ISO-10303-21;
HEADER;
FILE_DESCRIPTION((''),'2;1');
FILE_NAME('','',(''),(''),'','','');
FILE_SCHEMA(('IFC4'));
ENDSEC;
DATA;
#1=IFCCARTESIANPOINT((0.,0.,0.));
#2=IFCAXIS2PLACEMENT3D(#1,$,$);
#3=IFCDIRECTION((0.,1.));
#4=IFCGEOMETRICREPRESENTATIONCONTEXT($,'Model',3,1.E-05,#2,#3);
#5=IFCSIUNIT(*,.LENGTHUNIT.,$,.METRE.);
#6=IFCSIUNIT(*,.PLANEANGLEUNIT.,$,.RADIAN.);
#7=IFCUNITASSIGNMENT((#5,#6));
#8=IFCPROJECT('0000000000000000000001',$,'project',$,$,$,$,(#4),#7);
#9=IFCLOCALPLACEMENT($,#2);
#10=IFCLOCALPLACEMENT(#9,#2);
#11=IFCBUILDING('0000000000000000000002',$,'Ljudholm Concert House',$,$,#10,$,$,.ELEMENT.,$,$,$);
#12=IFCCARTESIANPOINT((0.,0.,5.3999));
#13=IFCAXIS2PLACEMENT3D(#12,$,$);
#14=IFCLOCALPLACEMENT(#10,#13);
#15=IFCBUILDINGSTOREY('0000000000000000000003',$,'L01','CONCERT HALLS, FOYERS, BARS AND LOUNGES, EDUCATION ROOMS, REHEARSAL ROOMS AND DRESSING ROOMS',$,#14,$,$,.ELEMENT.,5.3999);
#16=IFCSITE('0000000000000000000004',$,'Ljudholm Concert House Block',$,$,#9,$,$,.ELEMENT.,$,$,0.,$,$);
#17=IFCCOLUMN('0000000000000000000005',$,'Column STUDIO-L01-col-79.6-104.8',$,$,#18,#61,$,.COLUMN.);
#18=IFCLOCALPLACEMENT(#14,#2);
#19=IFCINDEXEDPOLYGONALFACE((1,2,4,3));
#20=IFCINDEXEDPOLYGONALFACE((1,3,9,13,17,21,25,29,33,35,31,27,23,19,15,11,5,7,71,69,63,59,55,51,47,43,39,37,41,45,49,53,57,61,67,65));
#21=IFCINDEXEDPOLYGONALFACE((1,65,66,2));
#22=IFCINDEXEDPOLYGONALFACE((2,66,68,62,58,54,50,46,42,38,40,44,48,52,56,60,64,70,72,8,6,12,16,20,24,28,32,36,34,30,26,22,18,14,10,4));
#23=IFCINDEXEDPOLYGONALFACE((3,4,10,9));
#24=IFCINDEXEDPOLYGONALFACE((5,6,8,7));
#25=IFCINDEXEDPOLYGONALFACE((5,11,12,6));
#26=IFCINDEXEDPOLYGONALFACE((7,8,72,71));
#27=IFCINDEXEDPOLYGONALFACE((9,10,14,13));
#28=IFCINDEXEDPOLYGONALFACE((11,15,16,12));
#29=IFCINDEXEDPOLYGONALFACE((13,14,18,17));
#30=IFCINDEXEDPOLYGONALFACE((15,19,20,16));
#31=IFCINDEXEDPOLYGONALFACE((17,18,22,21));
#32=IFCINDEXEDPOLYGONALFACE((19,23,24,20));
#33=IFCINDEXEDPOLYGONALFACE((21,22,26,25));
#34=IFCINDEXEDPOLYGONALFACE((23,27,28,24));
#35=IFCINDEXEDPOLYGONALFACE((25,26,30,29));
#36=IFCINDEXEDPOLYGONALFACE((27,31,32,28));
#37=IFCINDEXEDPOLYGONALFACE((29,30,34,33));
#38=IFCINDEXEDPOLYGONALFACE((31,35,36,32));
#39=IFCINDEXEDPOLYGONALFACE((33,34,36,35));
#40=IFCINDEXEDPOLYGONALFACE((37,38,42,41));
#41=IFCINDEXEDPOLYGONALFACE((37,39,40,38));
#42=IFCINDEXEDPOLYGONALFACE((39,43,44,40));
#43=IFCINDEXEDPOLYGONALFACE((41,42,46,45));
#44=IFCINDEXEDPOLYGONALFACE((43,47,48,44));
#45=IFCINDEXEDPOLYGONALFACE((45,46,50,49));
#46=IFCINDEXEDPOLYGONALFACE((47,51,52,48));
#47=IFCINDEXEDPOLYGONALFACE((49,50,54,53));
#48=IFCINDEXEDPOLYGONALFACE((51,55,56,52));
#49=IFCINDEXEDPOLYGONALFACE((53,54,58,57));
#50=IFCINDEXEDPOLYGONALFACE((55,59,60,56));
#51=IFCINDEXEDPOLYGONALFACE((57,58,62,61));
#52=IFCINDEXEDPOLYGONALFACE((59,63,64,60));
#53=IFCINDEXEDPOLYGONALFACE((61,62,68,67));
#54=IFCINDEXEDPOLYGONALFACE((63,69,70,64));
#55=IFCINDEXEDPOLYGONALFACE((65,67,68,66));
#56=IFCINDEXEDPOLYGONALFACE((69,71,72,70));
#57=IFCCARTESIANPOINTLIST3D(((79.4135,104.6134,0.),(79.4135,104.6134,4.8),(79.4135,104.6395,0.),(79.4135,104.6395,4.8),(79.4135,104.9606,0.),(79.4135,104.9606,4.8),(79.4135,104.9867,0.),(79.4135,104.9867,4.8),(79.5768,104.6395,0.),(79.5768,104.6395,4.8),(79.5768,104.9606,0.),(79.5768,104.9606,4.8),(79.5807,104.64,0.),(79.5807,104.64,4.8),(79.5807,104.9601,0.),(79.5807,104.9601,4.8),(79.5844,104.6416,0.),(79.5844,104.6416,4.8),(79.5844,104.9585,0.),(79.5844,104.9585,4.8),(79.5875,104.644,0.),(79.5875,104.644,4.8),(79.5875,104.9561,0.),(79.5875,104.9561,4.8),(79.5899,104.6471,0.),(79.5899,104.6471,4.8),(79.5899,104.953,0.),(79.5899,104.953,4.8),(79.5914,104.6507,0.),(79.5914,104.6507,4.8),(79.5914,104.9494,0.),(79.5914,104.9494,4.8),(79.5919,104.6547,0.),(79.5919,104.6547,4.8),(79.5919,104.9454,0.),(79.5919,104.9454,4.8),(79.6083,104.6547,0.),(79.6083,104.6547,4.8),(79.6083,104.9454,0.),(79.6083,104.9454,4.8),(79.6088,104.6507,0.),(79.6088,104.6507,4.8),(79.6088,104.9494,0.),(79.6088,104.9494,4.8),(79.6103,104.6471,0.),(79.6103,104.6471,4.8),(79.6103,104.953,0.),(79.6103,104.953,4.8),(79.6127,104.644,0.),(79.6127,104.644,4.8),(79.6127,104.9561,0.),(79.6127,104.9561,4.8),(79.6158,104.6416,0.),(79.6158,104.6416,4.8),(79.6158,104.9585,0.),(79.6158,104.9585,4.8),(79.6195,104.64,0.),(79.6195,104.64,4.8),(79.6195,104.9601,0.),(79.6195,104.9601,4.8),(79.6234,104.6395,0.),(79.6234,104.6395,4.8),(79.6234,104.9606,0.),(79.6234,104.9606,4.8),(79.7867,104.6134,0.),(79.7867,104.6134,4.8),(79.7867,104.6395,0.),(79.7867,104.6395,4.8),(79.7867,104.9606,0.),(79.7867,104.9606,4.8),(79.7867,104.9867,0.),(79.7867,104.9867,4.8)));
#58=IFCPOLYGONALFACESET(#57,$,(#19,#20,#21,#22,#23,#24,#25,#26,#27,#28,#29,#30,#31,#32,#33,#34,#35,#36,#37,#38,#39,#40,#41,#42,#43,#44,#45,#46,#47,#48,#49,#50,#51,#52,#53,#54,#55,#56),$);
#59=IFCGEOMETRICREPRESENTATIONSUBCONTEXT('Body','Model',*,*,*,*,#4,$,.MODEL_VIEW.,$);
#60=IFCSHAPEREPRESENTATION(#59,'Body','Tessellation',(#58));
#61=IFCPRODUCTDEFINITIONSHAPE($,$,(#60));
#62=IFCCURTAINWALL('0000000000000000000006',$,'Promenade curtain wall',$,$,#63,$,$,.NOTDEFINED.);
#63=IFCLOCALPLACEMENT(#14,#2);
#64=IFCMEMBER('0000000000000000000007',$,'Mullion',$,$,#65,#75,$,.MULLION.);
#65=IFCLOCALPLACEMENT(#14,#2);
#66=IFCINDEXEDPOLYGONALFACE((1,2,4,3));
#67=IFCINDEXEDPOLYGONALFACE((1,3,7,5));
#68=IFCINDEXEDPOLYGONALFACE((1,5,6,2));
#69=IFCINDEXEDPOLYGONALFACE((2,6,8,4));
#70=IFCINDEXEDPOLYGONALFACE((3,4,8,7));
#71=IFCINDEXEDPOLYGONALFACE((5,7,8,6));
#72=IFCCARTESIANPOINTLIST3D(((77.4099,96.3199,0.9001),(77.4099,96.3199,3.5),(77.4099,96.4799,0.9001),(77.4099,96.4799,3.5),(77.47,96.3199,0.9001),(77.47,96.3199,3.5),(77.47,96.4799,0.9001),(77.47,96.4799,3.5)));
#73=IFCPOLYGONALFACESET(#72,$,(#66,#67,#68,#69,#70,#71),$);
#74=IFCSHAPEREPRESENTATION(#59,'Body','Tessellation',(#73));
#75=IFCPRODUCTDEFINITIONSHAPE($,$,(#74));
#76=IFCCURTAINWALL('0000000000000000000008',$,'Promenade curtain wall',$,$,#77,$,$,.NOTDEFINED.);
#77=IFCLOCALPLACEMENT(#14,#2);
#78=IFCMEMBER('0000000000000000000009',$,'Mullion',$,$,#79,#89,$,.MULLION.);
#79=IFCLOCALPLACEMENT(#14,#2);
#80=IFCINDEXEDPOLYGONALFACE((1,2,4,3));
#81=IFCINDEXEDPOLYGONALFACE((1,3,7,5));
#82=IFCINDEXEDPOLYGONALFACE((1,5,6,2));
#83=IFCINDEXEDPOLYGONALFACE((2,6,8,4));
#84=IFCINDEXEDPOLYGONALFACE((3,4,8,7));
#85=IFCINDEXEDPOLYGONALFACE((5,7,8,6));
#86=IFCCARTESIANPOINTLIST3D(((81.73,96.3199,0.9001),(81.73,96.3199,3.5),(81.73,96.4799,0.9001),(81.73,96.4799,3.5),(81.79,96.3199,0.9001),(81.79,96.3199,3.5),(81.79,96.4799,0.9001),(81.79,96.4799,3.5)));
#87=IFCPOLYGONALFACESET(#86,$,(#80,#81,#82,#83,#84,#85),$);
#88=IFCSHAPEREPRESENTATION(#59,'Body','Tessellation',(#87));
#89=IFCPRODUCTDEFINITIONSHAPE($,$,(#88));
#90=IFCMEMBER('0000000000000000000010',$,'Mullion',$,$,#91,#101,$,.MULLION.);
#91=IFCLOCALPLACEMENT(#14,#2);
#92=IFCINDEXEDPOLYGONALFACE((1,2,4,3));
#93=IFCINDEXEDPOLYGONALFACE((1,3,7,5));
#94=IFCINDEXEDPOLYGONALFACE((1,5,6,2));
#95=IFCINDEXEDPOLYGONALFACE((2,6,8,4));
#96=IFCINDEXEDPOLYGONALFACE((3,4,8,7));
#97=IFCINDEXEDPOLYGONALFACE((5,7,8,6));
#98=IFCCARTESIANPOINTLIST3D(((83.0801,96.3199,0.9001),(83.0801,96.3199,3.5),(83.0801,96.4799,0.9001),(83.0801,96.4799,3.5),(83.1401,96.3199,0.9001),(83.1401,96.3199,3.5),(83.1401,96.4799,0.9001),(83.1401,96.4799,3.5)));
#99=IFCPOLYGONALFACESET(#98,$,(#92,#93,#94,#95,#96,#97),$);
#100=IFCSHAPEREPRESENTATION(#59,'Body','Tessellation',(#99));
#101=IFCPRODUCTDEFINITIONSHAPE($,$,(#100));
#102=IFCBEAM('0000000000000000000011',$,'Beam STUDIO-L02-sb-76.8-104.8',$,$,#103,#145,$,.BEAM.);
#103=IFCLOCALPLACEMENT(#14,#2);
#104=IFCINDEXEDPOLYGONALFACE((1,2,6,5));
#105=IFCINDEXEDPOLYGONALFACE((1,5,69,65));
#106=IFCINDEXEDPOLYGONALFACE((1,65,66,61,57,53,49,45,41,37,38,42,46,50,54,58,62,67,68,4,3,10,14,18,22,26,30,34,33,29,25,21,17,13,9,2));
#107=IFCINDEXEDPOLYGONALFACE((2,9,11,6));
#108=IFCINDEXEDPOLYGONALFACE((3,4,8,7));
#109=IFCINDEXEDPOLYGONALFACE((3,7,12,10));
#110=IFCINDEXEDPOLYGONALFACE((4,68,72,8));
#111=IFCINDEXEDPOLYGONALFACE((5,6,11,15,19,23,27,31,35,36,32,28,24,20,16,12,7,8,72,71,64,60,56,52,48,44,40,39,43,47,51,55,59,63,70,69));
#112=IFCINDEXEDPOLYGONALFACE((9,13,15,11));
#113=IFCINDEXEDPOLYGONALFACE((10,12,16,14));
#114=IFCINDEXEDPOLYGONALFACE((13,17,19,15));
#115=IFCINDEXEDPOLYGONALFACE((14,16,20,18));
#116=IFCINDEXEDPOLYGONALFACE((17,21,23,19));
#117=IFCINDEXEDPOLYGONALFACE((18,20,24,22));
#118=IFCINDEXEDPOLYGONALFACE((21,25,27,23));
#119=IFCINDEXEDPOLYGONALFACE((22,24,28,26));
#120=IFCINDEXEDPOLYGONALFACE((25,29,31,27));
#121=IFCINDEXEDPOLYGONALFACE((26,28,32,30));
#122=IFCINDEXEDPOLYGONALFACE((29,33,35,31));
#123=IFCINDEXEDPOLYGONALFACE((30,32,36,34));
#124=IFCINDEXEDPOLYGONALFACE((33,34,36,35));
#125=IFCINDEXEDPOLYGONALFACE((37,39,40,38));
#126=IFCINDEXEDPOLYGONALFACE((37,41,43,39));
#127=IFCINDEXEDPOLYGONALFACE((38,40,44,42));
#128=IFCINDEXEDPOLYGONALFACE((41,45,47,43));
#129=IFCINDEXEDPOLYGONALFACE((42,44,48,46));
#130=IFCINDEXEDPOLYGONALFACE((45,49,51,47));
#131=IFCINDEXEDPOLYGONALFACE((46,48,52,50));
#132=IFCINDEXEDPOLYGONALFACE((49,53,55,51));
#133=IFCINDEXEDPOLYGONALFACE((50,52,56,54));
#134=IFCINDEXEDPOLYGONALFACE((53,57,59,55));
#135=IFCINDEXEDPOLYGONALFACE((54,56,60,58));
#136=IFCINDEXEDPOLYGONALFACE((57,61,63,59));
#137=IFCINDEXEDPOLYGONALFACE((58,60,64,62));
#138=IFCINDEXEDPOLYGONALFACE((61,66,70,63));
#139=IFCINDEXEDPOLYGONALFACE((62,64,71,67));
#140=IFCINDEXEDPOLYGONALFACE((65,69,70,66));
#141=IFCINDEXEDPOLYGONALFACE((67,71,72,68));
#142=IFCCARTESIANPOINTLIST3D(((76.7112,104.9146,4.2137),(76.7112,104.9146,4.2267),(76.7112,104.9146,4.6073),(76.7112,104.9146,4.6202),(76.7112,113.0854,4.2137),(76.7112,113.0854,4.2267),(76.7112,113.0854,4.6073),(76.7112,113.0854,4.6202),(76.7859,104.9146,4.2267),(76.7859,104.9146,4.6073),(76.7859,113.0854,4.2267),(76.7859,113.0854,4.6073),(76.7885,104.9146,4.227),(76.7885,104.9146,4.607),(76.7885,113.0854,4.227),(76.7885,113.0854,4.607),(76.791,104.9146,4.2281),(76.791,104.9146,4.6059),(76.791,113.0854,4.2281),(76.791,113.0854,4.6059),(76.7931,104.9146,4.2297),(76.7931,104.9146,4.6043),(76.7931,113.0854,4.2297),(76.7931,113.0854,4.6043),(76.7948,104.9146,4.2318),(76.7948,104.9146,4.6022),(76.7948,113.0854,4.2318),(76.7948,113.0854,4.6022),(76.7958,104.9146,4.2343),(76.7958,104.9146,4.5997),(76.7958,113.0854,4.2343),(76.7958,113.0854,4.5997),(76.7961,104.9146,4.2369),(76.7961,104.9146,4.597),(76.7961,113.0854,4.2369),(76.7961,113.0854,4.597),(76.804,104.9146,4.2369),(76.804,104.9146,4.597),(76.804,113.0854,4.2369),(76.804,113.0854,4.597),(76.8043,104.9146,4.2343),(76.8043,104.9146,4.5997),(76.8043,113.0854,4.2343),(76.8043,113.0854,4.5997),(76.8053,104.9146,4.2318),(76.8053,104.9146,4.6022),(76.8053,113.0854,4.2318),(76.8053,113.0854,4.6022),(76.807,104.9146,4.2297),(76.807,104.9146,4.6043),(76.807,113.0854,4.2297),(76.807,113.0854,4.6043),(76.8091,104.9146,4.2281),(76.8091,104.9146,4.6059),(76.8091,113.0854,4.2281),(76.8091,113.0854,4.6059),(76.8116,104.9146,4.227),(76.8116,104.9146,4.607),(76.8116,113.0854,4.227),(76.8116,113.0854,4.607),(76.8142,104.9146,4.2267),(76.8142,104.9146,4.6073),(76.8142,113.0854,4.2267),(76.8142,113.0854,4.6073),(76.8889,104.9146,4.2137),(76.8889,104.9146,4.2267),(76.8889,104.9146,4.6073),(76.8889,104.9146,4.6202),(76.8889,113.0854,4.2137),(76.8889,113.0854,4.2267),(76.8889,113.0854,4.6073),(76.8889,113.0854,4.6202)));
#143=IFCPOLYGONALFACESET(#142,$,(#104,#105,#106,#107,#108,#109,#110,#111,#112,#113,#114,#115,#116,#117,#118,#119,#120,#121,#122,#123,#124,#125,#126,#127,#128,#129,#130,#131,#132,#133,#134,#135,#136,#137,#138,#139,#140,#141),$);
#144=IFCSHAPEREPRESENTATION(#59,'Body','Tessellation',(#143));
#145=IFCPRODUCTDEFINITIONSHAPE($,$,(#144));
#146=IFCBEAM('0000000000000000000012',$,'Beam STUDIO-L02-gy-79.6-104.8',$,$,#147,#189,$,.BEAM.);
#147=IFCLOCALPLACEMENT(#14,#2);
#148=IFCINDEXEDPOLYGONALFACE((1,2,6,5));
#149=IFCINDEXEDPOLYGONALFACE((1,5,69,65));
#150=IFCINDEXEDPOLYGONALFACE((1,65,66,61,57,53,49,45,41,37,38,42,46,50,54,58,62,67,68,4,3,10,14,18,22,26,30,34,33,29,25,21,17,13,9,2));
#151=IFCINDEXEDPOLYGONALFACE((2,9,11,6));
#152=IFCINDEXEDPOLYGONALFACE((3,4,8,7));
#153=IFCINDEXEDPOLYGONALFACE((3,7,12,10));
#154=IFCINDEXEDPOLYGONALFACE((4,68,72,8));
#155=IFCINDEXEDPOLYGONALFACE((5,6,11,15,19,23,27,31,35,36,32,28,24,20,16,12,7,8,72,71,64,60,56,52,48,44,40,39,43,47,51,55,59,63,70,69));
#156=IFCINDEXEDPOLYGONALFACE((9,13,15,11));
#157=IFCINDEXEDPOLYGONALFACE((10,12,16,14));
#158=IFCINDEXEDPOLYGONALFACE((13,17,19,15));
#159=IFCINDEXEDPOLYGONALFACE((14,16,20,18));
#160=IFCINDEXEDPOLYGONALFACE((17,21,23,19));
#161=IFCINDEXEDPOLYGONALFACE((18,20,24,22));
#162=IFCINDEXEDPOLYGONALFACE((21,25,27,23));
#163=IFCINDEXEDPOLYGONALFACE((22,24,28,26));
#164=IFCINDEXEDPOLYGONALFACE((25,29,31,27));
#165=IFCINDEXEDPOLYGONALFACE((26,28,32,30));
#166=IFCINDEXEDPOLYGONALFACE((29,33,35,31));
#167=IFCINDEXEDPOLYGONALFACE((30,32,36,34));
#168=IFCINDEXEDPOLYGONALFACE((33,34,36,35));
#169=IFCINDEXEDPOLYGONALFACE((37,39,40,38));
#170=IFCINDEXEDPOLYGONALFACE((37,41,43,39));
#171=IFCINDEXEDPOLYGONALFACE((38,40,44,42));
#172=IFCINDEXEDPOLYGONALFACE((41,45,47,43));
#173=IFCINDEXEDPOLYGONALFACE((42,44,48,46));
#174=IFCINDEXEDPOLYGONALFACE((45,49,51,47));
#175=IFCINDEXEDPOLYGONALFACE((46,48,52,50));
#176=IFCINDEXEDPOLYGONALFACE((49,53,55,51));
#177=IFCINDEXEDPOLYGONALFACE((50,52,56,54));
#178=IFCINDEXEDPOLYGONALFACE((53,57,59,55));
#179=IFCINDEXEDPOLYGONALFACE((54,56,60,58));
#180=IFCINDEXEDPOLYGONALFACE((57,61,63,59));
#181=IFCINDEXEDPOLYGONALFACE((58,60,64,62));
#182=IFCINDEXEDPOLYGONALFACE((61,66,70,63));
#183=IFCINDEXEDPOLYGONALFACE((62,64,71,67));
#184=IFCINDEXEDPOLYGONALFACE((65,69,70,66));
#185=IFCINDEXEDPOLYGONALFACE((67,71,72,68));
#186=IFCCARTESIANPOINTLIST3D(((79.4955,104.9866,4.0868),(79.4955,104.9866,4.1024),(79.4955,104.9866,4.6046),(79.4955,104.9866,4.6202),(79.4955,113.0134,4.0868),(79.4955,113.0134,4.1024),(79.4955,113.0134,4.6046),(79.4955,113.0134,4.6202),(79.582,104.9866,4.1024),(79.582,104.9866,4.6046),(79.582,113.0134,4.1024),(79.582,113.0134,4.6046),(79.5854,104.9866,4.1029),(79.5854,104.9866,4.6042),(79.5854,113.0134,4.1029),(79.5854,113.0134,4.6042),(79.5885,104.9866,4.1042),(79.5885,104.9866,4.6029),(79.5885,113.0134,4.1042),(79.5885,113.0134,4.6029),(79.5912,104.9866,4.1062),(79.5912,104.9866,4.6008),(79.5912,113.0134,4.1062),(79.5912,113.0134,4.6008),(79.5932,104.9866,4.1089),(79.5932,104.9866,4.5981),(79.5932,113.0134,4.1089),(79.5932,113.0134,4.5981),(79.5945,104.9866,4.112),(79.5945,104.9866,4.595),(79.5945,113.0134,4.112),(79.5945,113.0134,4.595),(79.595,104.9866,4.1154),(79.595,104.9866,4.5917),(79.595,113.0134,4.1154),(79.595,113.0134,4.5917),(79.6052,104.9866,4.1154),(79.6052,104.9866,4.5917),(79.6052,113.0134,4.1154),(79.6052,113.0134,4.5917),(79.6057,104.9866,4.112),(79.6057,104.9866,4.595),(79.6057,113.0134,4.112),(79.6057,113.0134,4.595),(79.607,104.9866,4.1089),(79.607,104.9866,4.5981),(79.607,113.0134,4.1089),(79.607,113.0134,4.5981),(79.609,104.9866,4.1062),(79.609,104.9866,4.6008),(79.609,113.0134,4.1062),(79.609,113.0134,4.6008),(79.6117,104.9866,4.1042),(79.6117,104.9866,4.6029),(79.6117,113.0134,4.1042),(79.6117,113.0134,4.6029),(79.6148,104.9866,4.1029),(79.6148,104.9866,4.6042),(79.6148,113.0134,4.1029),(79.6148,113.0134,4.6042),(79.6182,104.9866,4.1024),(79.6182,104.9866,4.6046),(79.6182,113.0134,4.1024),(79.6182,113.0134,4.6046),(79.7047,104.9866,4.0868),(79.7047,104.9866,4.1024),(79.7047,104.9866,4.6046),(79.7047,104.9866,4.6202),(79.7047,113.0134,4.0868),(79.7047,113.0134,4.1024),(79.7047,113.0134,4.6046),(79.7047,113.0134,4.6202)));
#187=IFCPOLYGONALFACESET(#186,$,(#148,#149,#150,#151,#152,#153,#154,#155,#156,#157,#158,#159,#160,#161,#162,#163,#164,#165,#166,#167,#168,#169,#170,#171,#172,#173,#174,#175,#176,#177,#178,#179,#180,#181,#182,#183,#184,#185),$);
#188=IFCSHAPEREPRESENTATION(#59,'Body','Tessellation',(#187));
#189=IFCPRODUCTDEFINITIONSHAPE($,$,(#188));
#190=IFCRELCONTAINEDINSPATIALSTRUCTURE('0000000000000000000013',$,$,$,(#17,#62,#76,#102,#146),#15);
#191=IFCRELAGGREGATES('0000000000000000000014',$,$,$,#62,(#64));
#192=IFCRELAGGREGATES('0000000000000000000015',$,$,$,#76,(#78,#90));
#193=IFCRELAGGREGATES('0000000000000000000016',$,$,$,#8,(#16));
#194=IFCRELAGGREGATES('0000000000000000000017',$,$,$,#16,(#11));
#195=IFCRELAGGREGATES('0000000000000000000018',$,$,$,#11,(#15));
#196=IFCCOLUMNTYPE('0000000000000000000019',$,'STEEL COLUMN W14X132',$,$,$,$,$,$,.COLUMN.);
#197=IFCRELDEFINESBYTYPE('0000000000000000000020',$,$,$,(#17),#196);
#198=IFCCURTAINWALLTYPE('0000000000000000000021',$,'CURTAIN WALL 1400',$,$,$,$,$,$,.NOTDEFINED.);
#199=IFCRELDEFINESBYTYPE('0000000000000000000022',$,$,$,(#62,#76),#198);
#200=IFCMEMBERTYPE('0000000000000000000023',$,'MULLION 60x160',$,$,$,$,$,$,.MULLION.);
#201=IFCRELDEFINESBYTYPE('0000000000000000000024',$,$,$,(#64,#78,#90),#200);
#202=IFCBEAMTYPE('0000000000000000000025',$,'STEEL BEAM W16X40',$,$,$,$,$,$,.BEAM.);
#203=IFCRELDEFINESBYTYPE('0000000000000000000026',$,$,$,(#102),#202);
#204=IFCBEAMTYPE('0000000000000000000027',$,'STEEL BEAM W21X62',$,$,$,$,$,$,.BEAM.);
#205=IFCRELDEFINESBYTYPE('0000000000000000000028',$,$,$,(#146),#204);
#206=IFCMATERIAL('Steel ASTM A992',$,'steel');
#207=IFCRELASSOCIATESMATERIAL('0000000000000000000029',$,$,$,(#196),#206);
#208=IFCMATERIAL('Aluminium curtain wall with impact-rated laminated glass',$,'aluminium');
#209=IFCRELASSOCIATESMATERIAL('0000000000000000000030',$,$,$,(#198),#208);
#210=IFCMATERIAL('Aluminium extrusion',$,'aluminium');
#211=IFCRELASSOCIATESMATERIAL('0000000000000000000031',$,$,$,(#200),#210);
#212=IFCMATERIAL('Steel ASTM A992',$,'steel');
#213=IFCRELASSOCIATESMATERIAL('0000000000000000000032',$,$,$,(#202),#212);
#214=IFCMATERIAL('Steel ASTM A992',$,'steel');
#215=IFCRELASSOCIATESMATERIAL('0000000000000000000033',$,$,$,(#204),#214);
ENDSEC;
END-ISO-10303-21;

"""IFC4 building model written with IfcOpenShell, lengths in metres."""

from ifc_helpers import new_model, si_unit, direction, frame, origin, origin_2d, place, context, subcontext, project, spatial, rectangle, i_section, extrude, material, material_profile, profile_set, type_object, element, aggregate, save


model = new_model("IFC4")

# Units and contexts
model_context = context("Model", 3, precision=1e-05, world=origin(), true_north=direction((0.0, 1.0)))
body_context = subcontext(model_context, "Body", "Model", "MODEL_VIEW")
ifc_project = project(units=[si_unit("LENGTHUNIT", "METRE"), si_unit("PLANEANGLEUNIT", "RADIAN")], contexts=[model_context])

# Site, building, storey
site_placement = place(None, origin())
site = spatial("IfcSite", under=ifc_project, at=site_placement, Name="Ljudholm Concert House Block", CompositionType="ELEMENT", RefElevation=0.0)
building_placement = place(site_placement, origin())
building = spatial("IfcBuilding", under=site, at=building_placement, Name="Ljudholm Concert House", CompositionType="ELEMENT")
storey_placement = place(building_placement, frame((0.0, 0.0, 5.3999)))
storey = spatial("IfcBuildingStorey", under=building, at=storey_placement, Name="L01", Description="CONCERT HALLS, FOYERS, BARS AND LOUNGES, EDUCATION ROOMS, REHEARSAL ROOMS AND DRESSING ROOMS", CompositionType="ELEMENT", Elevation=5.3999)

# Column
ifc_material_1 = material(Name="Steel ASTM A992", Category="steel")
ifc_material_profile_1 = material_profile(ifc_material_1, i_section(OverallWidth=0.3733, OverallDepth=0.3733, WebThickness=0.0164, FlangeThickness=0.0261, FilletRadius=0.0151, at=origin_2d()), Name="W14X132")
ifc_profile_set_1 = profile_set([ifc_material_profile_1], Name="Steel ASTM A992")
column_type = type_object("IfcColumnType", Name="STEEL COLUMN W14X132", PredefinedType="COLUMN", material=ifc_profile_set_1)
column_placement = place(storey_placement, frame((79.6001, 104.8, 0.0), z_axis=(0.0, 0.0, 1.0), x_axis=(1.0, 0.0, 0.0)))
element("IfcColumn", 1, at=column_placement, inside=storey, type_object=column_type, Name="Column STUDIO-L01-col-79.6-104.8", PredefinedType="COLUMN", context=body_context, shape_type="SweptSolid", body=[
    extrude(i_section(OverallWidth=0.3733, OverallDepth=0.3733, WebThickness=0.0164, FlangeThickness=0.0261, FilletRadius=0.0151, at=origin_2d()), origin(), (0.0, 0.0, 1.0), 4.8),
])

# Curtain wall, member
ifc_material_2 = material(Name="Aluminium curtain wall with impact-rated laminated glass", Category="aluminium")
curtain_wall_type = type_object("IfcCurtainWallType", Name="CURTAIN WALL 1400", PredefinedType="NOTDEFINED", material=ifc_material_2)
curtain_wall_1_placement = place(storey_placement, origin())
curtain_wall_1 = element("IfcCurtainWall", 2, at=curtain_wall_1_placement, inside=storey, type_object=curtain_wall_type, Name="Promenade curtain wall", PredefinedType="NOTDEFINED")
ifc_material_3 = material(Name="Aluminium extrusion", Category="aluminium")
ifc_material_profile_2 = material_profile(ifc_material_3, rectangle(XDim=0.1599, YDim=0.0601, at=origin_2d()), Name="MULLION 60x160")
ifc_profile_set_2 = profile_set([ifc_material_profile_2], Name="Aluminium extrusion")
member_type_1 = type_object("IfcMemberType", Name="MULLION 60x160", PredefinedType="MULLION", material=ifc_profile_set_2)
member_1_placement = place(storey_placement, frame((77.4399, 96.3999, 0.9001), z_axis=(0.0, 0.0, 1.0), x_axis=(0.0, 1.0, 0.0)))
member_1 = element("IfcMember", 3, at=member_1_placement, type_object=member_type_1, Name="Mullion", PredefinedType="MULLION", context=body_context, shape_type="SweptSolid", body=[
    extrude(rectangle(XDim=0.1599, YDim=0.0601, at=origin_2d()), origin(), (0.0, 0.0, 1.0), 2.5999),
])

# Curtain wall, members
curtain_wall_2_placement = place(storey_placement, origin())
curtain_wall_2 = element("IfcCurtainWall", 4, at=curtain_wall_2_placement, inside=storey, type_object=curtain_wall_type, Name="Promenade curtain wall", PredefinedType="NOTDEFINED")
member_2_placement = place(storey_placement, frame((81.76, 96.3999, 0.9001), z_axis=(0.0, 0.0, 1.0), x_axis=(0.0, 1.0, 0.0)))
member_2 = element("IfcMember", 5, at=member_2_placement, type_object=member_type_1, Name="Mullion", PredefinedType="MULLION", context=body_context, shape_type="SweptSolid", body=[
    extrude(rectangle(XDim=0.1599, YDim=0.0601, at=origin_2d()), origin(), (0.0, 0.0, 1.0), 2.5999),
])
member_3_placement = place(storey_placement, frame((83.1101, 96.3999, 0.9001), z_axis=(0.0, 0.0, 1.0), x_axis=(0.0, 1.0, 0.0)))
member_3 = element("IfcMember", 6, at=member_3_placement, type_object=member_type_1, Name="Mullion", PredefinedType="MULLION", context=body_context, shape_type="SweptSolid", body=[
    extrude(rectangle(XDim=0.1599, YDim=0.0601, at=origin_2d()), origin(), (0.0, 0.0, 1.0), 2.5999),
])

# Beams
ifc_material_4 = material(Name="Steel ASTM A992", Category="steel")
ifc_material_profile_3 = material_profile(ifc_material_4, i_section(OverallWidth=0.1777, OverallDepth=0.4065, WebThickness=0.0078, FlangeThickness=0.0129, FilletRadius=0.0103, at=origin_2d()), Name="W16X40")
ifc_profile_set_3 = profile_set([ifc_material_profile_3], Name="Steel ASTM A992")
beam_type_1 = type_object("IfcBeamType", Name="STEEL BEAM W16X40", PredefinedType="BEAM", material=ifc_profile_set_3)
beam_1_placement = place(storey_placement, frame((76.8, 104.9146, 4.417), z_axis=(0.0, 1.0, 0.0), x_axis=(-1.0, 0.0, 0.0)))
element("IfcBeam", 7, at=beam_1_placement, inside=storey, type_object=beam_type_1, Name="Beam STUDIO-L02-sb-76.8-104.8", PredefinedType="BEAM", context=body_context, shape_type="SweptSolid", body=[
    extrude(i_section(OverallWidth=0.1777, OverallDepth=0.4065, WebThickness=0.0078, FlangeThickness=0.0129, FilletRadius=0.0103, at=origin_2d()), origin(), (0.0, 0.0, 1.0), 8.1709),
])
ifc_material_5 = material(Name="Steel ASTM A992", Category="steel")
ifc_material_profile_4 = material_profile(ifc_material_5, i_section(OverallWidth=0.2092, OverallDepth=0.5334, WebThickness=0.0103, FlangeThickness=0.0156, FilletRadius=0.0129, at=origin_2d()), Name="W21X62")
ifc_profile_set_4 = profile_set([ifc_material_profile_4], Name="Steel ASTM A992")
beam_type_2 = type_object("IfcBeamType", Name="STEEL BEAM W21X62", PredefinedType="BEAM", material=ifc_profile_set_4)
beam_2_placement = place(storey_placement, frame((79.6001, 104.9866, 4.3535), z_axis=(0.0, 1.0, 0.0), x_axis=(-1.0, 0.0, 0.0)))
element("IfcBeam", 8, at=beam_2_placement, inside=storey, type_object=beam_type_2, Name="Beam STUDIO-L02-gy-79.6-104.8", PredefinedType="BEAM", context=body_context, shape_type="SweptSolid", body=[
    extrude(i_section(OverallWidth=0.2092, OverallDepth=0.5334, WebThickness=0.0103, FlangeThickness=0.0156, FilletRadius=0.0129, at=origin_2d()), origin(), (0.0, 0.0, 1.0), 8.0269),
])

aggregate(curtain_wall_1, [member_1])
aggregate(curtain_wall_2, [member_2, member_3])

save(model, "model.ifc")
